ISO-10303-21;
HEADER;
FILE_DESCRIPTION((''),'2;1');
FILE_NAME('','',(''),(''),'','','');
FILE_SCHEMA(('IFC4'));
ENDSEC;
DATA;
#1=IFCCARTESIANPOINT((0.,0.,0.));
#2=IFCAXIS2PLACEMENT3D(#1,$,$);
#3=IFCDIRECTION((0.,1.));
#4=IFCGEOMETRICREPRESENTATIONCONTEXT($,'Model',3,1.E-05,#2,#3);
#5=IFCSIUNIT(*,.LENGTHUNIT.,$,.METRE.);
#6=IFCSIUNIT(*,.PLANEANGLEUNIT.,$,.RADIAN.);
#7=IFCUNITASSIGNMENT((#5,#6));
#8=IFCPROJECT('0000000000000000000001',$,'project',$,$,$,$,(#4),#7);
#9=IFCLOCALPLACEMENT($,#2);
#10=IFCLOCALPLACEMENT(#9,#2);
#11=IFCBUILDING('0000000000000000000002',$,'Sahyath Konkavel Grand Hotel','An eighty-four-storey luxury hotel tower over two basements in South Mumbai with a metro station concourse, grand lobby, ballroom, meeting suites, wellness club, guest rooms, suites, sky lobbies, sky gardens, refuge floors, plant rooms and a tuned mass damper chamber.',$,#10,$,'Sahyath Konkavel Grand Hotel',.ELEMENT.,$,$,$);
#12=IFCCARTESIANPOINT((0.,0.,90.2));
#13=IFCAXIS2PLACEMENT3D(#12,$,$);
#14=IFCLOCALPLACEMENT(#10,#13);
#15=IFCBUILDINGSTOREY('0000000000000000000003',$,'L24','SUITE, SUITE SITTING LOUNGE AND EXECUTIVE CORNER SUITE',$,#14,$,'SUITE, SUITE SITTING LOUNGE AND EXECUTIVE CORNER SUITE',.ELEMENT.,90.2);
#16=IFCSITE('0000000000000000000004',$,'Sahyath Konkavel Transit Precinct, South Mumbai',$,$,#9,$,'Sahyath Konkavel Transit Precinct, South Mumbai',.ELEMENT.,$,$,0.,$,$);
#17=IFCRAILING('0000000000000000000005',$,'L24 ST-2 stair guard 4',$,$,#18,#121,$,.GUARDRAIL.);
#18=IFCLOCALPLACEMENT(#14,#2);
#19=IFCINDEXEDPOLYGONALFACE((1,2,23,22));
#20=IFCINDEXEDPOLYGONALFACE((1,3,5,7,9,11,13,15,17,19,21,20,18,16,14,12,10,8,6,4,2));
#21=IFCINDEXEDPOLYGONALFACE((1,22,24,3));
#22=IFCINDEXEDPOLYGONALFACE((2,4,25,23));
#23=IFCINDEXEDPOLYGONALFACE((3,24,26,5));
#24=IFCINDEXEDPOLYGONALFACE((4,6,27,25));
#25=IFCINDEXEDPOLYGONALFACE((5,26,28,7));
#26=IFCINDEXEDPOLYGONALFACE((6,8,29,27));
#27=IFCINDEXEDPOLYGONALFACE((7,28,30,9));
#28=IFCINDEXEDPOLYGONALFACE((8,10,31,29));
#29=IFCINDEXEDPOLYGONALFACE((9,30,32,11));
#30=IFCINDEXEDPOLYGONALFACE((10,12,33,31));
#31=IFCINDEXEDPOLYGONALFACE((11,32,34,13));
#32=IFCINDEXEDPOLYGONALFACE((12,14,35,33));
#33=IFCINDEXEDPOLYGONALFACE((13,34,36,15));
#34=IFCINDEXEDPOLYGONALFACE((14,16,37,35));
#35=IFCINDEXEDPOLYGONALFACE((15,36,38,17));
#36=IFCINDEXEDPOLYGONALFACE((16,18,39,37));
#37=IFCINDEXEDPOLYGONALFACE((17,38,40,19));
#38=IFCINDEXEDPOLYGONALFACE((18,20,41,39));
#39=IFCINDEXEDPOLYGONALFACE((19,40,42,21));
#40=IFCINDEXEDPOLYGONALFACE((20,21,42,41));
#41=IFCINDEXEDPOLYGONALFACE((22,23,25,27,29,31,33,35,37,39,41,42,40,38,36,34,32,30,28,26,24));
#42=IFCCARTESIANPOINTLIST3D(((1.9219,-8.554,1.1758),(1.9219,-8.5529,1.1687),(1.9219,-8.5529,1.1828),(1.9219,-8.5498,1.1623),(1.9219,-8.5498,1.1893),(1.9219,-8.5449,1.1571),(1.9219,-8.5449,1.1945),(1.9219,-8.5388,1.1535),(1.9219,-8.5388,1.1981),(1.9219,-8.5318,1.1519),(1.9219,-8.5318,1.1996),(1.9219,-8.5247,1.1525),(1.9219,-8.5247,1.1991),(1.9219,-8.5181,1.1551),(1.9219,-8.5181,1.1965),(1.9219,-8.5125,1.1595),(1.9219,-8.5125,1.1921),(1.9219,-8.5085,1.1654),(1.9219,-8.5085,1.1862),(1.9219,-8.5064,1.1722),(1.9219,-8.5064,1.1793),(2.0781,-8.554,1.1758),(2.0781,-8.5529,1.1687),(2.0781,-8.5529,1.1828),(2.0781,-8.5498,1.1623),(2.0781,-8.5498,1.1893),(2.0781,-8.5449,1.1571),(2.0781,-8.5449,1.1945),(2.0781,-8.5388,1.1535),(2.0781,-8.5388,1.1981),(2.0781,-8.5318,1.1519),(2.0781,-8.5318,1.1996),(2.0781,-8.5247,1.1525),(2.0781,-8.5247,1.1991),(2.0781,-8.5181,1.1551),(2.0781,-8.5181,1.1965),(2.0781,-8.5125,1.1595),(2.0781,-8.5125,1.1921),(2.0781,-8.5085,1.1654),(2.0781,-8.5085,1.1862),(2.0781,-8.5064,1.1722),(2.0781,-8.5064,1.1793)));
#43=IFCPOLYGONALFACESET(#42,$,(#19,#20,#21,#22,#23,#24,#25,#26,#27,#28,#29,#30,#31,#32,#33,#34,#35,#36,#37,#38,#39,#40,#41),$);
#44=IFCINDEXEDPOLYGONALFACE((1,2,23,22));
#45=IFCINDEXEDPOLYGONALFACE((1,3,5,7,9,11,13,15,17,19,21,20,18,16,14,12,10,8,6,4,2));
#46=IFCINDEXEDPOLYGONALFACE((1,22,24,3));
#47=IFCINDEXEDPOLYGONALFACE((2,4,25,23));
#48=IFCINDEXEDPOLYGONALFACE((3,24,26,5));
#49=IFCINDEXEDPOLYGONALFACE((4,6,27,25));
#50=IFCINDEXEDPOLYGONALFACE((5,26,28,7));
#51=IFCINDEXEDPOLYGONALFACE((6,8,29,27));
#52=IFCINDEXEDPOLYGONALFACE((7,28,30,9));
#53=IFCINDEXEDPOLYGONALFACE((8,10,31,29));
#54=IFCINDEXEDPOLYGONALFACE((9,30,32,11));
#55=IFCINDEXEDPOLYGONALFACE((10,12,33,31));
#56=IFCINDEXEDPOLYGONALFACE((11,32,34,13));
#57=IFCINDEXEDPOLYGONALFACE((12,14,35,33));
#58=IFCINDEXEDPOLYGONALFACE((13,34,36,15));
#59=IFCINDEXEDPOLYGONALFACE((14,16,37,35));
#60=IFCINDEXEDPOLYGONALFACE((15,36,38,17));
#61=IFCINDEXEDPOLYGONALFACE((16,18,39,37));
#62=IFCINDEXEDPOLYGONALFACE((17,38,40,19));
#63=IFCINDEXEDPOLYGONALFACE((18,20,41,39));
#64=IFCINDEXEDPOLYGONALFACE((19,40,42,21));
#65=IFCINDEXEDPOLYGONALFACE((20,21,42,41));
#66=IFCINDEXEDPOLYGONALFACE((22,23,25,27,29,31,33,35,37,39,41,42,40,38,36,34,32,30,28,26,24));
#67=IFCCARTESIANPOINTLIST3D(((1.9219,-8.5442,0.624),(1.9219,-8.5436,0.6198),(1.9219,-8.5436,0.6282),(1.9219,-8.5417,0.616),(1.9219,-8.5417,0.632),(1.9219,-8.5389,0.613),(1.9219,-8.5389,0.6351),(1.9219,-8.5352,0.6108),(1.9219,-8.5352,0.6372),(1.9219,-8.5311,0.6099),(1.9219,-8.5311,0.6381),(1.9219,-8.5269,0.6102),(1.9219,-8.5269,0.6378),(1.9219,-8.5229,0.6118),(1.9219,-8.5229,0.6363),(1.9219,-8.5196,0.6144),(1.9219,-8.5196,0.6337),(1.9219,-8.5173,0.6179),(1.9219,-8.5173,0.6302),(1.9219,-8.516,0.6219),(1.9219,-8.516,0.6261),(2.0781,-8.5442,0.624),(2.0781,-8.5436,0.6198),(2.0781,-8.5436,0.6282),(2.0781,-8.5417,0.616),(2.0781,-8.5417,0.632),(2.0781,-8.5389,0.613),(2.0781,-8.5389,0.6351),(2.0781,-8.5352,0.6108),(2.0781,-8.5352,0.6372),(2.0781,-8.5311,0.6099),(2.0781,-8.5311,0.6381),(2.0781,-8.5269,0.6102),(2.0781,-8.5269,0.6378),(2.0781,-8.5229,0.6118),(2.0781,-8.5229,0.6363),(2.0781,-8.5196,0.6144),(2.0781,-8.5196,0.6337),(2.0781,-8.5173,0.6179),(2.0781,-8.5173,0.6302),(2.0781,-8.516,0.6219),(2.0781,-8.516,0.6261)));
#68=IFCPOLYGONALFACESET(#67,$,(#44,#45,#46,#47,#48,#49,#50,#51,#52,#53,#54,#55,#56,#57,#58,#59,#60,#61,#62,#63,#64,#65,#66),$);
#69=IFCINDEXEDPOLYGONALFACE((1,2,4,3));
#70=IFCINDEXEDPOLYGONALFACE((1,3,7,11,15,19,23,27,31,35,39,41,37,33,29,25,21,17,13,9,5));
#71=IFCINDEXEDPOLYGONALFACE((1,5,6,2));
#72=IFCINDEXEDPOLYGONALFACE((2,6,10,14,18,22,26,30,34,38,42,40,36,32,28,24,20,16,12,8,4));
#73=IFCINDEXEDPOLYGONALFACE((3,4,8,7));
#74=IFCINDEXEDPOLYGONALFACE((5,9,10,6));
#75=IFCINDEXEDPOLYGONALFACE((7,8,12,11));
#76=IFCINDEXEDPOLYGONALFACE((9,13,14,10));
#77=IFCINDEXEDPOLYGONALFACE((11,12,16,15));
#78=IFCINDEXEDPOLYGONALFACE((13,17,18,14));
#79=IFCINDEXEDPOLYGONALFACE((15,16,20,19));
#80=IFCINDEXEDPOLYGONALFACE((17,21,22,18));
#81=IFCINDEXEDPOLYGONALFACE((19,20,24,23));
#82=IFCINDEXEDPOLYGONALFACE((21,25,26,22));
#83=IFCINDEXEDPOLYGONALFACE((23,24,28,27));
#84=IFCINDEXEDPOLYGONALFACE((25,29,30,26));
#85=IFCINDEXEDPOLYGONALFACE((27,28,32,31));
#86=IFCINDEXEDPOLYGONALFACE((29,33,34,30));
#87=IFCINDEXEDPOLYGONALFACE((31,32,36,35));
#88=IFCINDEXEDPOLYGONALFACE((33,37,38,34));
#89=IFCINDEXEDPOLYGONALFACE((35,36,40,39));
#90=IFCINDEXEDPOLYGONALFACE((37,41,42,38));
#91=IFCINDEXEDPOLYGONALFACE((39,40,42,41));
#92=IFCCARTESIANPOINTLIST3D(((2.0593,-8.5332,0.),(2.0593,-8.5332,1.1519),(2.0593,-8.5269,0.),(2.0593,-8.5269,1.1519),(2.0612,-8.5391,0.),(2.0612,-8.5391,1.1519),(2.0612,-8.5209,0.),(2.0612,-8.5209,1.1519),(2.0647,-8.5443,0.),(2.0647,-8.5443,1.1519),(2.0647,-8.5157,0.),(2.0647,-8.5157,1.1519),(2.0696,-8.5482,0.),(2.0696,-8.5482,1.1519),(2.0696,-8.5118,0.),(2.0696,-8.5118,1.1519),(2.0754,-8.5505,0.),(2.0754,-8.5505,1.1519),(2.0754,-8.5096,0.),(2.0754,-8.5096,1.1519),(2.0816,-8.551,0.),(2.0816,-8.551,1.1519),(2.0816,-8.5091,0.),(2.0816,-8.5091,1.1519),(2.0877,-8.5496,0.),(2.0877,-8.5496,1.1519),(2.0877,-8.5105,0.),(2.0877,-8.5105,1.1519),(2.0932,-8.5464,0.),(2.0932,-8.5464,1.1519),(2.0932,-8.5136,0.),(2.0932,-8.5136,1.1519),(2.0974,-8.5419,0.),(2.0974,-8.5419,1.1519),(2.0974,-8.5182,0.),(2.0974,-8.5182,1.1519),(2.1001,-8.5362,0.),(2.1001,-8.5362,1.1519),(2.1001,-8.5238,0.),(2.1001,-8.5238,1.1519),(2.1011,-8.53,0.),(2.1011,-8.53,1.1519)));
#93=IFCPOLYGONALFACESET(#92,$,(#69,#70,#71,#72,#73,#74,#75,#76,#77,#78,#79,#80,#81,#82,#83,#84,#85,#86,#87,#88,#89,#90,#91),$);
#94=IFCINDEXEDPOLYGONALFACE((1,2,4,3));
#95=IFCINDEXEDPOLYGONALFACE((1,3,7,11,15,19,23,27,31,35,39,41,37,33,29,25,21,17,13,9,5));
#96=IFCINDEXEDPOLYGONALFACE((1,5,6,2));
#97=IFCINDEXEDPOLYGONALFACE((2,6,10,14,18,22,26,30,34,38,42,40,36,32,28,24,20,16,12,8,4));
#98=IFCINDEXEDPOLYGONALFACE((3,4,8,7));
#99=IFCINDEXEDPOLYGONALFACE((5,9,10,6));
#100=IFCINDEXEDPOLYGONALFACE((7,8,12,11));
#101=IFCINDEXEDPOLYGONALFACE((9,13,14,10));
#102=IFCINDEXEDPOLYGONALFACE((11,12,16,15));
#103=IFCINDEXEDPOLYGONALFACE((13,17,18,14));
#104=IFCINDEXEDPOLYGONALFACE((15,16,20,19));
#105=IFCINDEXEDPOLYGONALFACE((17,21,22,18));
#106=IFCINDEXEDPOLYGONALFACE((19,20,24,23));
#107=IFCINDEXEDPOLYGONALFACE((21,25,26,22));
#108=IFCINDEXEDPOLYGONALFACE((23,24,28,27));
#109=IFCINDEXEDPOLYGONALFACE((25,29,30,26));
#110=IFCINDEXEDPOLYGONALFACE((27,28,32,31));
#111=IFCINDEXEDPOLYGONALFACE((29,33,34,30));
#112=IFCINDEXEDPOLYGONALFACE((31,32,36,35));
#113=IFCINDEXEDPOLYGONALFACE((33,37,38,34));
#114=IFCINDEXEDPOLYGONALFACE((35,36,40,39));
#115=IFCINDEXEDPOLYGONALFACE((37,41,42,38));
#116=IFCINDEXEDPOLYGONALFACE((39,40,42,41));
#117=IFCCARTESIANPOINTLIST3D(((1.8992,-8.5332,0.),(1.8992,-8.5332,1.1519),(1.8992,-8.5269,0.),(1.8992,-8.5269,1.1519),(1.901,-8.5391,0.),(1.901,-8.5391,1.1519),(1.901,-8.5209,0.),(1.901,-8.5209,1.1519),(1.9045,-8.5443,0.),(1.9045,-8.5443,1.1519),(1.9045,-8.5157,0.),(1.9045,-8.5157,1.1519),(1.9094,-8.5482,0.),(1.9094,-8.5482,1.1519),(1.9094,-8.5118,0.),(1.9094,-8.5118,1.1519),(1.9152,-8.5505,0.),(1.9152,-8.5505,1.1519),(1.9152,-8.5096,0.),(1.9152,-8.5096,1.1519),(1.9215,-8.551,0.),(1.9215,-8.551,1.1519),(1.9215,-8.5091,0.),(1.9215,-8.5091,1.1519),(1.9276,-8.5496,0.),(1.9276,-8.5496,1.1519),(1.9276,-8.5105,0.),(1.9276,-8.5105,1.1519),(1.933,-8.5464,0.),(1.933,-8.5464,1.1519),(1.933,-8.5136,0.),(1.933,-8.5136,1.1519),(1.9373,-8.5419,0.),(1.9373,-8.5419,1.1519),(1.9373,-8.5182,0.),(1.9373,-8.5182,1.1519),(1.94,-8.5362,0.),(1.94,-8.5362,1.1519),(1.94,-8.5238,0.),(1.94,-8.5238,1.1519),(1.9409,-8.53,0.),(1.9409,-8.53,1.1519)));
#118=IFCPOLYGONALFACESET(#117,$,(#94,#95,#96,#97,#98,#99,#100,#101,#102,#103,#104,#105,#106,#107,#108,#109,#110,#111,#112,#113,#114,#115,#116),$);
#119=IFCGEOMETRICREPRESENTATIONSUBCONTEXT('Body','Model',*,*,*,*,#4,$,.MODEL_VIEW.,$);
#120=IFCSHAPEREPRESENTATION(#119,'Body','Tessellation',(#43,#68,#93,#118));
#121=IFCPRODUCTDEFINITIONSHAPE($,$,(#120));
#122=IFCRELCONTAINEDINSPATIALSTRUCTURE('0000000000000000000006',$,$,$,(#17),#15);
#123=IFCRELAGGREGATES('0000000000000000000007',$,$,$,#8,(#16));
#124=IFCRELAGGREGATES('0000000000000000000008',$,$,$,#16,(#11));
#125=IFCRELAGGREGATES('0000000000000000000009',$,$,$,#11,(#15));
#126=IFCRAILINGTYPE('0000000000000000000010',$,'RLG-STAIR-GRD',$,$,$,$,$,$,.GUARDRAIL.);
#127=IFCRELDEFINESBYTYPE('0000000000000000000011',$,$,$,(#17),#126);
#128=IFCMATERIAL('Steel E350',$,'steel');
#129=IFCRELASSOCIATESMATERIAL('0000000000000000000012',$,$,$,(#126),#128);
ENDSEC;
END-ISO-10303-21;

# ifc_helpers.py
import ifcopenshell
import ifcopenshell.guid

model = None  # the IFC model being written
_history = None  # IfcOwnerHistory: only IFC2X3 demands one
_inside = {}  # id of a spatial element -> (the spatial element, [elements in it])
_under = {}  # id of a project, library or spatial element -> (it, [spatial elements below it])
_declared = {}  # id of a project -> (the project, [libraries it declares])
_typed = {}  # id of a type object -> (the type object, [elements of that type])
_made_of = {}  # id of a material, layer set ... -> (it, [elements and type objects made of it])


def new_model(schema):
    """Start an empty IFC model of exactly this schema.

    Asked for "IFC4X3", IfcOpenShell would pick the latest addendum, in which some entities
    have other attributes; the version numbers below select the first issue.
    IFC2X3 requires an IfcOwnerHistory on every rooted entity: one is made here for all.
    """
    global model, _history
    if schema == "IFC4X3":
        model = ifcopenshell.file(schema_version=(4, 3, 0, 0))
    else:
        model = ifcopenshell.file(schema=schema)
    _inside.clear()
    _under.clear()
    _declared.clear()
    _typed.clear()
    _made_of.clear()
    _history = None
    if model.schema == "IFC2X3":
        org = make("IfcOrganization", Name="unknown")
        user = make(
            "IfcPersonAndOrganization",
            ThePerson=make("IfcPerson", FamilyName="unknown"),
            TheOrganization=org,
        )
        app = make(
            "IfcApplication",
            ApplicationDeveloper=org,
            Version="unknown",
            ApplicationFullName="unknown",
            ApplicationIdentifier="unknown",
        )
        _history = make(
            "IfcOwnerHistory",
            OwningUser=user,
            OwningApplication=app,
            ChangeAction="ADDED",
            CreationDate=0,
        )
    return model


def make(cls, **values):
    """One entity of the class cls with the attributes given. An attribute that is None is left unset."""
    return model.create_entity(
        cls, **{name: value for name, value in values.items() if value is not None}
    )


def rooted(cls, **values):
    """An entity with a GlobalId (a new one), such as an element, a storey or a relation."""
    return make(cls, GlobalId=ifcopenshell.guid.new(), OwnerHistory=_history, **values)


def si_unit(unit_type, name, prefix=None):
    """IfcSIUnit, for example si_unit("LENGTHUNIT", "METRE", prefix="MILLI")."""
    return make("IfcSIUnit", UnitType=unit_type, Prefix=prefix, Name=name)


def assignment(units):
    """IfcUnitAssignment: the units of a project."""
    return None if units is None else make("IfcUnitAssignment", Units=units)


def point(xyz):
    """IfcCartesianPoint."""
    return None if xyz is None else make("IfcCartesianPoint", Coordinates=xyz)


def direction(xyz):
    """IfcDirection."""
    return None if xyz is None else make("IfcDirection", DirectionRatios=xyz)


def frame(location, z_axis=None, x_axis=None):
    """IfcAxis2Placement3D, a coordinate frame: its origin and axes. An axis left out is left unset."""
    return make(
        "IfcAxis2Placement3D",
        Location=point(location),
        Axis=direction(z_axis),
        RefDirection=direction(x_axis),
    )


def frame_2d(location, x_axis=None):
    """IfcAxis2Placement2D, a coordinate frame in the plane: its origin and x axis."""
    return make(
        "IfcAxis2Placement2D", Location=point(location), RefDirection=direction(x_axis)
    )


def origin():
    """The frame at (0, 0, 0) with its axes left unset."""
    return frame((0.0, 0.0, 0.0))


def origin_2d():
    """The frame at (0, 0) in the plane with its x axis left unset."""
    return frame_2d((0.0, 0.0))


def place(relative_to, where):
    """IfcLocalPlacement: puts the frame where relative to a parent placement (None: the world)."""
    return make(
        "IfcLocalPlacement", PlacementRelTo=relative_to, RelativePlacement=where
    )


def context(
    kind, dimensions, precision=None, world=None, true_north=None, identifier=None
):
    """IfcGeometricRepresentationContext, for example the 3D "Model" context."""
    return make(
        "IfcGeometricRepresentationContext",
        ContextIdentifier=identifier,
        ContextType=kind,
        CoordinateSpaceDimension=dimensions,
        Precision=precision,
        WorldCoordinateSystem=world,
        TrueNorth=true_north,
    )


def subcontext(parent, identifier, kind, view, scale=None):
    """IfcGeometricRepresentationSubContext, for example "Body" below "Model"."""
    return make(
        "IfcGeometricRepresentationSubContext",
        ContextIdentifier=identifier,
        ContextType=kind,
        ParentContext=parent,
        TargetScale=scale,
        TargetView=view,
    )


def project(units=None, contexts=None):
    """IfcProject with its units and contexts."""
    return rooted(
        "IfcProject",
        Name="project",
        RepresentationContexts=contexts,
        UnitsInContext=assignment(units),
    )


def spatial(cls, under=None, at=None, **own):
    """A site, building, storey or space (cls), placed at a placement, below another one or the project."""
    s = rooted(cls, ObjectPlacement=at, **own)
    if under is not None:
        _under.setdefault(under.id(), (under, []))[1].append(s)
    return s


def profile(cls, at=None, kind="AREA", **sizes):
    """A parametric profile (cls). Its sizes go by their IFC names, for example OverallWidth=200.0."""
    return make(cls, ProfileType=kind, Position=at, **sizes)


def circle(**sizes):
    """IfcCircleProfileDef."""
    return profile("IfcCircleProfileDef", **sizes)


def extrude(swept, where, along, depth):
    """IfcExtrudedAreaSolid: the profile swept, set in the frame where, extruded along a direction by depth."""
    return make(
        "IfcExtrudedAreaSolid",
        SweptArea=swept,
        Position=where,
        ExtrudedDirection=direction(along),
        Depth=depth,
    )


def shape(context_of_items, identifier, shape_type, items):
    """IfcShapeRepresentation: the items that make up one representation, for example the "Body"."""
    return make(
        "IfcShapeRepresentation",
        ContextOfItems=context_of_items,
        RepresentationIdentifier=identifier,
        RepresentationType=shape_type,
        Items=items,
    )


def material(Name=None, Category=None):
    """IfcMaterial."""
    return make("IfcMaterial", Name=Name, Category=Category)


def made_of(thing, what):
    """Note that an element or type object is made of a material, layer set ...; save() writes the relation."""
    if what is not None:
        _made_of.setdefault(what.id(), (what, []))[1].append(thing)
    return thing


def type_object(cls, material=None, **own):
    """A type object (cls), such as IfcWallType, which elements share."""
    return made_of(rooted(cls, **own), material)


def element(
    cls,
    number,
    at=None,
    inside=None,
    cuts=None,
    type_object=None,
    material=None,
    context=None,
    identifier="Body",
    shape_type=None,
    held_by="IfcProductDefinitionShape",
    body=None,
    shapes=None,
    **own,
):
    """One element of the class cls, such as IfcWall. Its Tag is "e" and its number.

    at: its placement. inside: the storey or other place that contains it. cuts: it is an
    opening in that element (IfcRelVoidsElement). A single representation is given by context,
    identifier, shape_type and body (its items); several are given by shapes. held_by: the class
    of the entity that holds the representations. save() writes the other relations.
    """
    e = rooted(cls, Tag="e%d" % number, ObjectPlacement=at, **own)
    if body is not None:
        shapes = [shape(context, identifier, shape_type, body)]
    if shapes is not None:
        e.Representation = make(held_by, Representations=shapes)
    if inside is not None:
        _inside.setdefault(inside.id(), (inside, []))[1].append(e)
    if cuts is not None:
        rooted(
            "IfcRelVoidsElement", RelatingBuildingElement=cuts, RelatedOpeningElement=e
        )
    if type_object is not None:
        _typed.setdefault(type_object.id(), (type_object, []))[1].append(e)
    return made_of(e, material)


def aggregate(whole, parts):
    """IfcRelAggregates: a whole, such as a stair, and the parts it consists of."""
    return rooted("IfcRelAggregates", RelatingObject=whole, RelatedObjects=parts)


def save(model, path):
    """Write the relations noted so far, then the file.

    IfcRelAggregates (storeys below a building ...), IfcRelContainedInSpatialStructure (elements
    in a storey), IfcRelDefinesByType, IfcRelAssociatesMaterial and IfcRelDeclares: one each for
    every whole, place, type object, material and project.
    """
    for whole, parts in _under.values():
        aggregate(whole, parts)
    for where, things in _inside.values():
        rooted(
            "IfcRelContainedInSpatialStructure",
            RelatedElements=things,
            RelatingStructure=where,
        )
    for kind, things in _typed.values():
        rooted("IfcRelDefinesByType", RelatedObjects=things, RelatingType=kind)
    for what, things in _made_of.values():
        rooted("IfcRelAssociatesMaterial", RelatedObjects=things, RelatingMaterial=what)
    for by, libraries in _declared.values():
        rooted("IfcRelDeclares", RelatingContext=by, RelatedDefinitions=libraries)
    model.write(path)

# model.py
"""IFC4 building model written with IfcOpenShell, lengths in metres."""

from ifc_helpers import new_model, si_unit, direction, frame, origin, origin_2d, place, context, subcontext, project, spatial, circle, extrude, material, type_object, element, save


model = new_model("IFC4")

# Units and contexts
model_context = context("Model", 3, precision=1e-05, world=origin(), true_north=direction((0.0, 1.0)))
body_context = subcontext(model_context, "Body", "Model", "MODEL_VIEW")
ifc_project = project(units=[si_unit("LENGTHUNIT", "METRE"), si_unit("PLANEANGLEUNIT", "RADIAN")], contexts=[model_context])

# Site, building, storey
site_placement = place(None, origin())
site = spatial("IfcSite", under=ifc_project, at=site_placement, Name="Sahyath Konkavel Transit Precinct, South Mumbai", LongName="Sahyath Konkavel Transit Precinct, South Mumbai", CompositionType="ELEMENT", RefElevation=0.0)
building_placement = place(site_placement, origin())
building = spatial("IfcBuilding", under=site, at=building_placement, Name="Sahyath Konkavel Grand Hotel", Description="An eighty-four-storey luxury hotel tower over two basements in South Mumbai with a metro station concourse, grand lobby, ballroom, meeting suites, wellness club, guest rooms, suites, sky lobbies, sky gardens, refuge floors, plant rooms and a tuned mass damper chamber.", LongName="Sahyath Konkavel Grand Hotel", CompositionType="ELEMENT")
storey_placement = place(building_placement, frame((0.0, 0.0, 90.2)))
storey = spatial("IfcBuildingStorey", under=building, at=storey_placement, Name="L24", Description="SUITE, SUITE SITTING LOUNGE AND EXECUTIVE CORNER SUITE", LongName="SUITE, SUITE SITTING LOUNGE AND EXECUTIVE CORNER SUITE", CompositionType="ELEMENT", Elevation=90.2)

# Shared definitions
ifc_material_1 = material(Name="Steel E350", Category="steel")

# Railing
railing_type_1 = type_object("IfcRailingType", Name="RLG-STAIR-GRD", PredefinedType="GUARDRAIL", material=ifc_material_1)
railing_1_placement = place(storey_placement, frame((2.0801, -8.53, 0.0)))
element("IfcRailing", 1, at=railing_1_placement, inside=storey, type_object=railing_type_1, Name="L24 ST-2 stair guard 4", PredefinedType="GUARDRAIL", context=body_context, shape_type="SweptSolid", body=[
    extrude(circle(Radius=0.0239, at=origin_2d()), frame((-0.002, 0.0, 1.1758), z_axis=(-1.0, 0.0, 0.0), x_axis=(0.0, -1.0, 0.0)), (0.0, 0.0, 1.0), 0.1562),
    extrude(circle(Radius=0.0142, at=origin_2d()), frame((-0.002, 0.0, 0.624), z_axis=(-1.0, 0.0, 0.0), x_axis=(0.0, -1.0, 0.0)), (0.0, 0.0, 1.0), 0.1562),
    extrude(circle(Radius=0.021, at=origin_2d()), origin(), (0.0, 0.0, 1.0), 1.1519),
    extrude(circle(Radius=0.021, at=origin_2d()), frame((-0.1602, 0.0, 0.0)), (0.0, 0.0, 1.0), 1.1519),
])

save(model, "model.ifc")
